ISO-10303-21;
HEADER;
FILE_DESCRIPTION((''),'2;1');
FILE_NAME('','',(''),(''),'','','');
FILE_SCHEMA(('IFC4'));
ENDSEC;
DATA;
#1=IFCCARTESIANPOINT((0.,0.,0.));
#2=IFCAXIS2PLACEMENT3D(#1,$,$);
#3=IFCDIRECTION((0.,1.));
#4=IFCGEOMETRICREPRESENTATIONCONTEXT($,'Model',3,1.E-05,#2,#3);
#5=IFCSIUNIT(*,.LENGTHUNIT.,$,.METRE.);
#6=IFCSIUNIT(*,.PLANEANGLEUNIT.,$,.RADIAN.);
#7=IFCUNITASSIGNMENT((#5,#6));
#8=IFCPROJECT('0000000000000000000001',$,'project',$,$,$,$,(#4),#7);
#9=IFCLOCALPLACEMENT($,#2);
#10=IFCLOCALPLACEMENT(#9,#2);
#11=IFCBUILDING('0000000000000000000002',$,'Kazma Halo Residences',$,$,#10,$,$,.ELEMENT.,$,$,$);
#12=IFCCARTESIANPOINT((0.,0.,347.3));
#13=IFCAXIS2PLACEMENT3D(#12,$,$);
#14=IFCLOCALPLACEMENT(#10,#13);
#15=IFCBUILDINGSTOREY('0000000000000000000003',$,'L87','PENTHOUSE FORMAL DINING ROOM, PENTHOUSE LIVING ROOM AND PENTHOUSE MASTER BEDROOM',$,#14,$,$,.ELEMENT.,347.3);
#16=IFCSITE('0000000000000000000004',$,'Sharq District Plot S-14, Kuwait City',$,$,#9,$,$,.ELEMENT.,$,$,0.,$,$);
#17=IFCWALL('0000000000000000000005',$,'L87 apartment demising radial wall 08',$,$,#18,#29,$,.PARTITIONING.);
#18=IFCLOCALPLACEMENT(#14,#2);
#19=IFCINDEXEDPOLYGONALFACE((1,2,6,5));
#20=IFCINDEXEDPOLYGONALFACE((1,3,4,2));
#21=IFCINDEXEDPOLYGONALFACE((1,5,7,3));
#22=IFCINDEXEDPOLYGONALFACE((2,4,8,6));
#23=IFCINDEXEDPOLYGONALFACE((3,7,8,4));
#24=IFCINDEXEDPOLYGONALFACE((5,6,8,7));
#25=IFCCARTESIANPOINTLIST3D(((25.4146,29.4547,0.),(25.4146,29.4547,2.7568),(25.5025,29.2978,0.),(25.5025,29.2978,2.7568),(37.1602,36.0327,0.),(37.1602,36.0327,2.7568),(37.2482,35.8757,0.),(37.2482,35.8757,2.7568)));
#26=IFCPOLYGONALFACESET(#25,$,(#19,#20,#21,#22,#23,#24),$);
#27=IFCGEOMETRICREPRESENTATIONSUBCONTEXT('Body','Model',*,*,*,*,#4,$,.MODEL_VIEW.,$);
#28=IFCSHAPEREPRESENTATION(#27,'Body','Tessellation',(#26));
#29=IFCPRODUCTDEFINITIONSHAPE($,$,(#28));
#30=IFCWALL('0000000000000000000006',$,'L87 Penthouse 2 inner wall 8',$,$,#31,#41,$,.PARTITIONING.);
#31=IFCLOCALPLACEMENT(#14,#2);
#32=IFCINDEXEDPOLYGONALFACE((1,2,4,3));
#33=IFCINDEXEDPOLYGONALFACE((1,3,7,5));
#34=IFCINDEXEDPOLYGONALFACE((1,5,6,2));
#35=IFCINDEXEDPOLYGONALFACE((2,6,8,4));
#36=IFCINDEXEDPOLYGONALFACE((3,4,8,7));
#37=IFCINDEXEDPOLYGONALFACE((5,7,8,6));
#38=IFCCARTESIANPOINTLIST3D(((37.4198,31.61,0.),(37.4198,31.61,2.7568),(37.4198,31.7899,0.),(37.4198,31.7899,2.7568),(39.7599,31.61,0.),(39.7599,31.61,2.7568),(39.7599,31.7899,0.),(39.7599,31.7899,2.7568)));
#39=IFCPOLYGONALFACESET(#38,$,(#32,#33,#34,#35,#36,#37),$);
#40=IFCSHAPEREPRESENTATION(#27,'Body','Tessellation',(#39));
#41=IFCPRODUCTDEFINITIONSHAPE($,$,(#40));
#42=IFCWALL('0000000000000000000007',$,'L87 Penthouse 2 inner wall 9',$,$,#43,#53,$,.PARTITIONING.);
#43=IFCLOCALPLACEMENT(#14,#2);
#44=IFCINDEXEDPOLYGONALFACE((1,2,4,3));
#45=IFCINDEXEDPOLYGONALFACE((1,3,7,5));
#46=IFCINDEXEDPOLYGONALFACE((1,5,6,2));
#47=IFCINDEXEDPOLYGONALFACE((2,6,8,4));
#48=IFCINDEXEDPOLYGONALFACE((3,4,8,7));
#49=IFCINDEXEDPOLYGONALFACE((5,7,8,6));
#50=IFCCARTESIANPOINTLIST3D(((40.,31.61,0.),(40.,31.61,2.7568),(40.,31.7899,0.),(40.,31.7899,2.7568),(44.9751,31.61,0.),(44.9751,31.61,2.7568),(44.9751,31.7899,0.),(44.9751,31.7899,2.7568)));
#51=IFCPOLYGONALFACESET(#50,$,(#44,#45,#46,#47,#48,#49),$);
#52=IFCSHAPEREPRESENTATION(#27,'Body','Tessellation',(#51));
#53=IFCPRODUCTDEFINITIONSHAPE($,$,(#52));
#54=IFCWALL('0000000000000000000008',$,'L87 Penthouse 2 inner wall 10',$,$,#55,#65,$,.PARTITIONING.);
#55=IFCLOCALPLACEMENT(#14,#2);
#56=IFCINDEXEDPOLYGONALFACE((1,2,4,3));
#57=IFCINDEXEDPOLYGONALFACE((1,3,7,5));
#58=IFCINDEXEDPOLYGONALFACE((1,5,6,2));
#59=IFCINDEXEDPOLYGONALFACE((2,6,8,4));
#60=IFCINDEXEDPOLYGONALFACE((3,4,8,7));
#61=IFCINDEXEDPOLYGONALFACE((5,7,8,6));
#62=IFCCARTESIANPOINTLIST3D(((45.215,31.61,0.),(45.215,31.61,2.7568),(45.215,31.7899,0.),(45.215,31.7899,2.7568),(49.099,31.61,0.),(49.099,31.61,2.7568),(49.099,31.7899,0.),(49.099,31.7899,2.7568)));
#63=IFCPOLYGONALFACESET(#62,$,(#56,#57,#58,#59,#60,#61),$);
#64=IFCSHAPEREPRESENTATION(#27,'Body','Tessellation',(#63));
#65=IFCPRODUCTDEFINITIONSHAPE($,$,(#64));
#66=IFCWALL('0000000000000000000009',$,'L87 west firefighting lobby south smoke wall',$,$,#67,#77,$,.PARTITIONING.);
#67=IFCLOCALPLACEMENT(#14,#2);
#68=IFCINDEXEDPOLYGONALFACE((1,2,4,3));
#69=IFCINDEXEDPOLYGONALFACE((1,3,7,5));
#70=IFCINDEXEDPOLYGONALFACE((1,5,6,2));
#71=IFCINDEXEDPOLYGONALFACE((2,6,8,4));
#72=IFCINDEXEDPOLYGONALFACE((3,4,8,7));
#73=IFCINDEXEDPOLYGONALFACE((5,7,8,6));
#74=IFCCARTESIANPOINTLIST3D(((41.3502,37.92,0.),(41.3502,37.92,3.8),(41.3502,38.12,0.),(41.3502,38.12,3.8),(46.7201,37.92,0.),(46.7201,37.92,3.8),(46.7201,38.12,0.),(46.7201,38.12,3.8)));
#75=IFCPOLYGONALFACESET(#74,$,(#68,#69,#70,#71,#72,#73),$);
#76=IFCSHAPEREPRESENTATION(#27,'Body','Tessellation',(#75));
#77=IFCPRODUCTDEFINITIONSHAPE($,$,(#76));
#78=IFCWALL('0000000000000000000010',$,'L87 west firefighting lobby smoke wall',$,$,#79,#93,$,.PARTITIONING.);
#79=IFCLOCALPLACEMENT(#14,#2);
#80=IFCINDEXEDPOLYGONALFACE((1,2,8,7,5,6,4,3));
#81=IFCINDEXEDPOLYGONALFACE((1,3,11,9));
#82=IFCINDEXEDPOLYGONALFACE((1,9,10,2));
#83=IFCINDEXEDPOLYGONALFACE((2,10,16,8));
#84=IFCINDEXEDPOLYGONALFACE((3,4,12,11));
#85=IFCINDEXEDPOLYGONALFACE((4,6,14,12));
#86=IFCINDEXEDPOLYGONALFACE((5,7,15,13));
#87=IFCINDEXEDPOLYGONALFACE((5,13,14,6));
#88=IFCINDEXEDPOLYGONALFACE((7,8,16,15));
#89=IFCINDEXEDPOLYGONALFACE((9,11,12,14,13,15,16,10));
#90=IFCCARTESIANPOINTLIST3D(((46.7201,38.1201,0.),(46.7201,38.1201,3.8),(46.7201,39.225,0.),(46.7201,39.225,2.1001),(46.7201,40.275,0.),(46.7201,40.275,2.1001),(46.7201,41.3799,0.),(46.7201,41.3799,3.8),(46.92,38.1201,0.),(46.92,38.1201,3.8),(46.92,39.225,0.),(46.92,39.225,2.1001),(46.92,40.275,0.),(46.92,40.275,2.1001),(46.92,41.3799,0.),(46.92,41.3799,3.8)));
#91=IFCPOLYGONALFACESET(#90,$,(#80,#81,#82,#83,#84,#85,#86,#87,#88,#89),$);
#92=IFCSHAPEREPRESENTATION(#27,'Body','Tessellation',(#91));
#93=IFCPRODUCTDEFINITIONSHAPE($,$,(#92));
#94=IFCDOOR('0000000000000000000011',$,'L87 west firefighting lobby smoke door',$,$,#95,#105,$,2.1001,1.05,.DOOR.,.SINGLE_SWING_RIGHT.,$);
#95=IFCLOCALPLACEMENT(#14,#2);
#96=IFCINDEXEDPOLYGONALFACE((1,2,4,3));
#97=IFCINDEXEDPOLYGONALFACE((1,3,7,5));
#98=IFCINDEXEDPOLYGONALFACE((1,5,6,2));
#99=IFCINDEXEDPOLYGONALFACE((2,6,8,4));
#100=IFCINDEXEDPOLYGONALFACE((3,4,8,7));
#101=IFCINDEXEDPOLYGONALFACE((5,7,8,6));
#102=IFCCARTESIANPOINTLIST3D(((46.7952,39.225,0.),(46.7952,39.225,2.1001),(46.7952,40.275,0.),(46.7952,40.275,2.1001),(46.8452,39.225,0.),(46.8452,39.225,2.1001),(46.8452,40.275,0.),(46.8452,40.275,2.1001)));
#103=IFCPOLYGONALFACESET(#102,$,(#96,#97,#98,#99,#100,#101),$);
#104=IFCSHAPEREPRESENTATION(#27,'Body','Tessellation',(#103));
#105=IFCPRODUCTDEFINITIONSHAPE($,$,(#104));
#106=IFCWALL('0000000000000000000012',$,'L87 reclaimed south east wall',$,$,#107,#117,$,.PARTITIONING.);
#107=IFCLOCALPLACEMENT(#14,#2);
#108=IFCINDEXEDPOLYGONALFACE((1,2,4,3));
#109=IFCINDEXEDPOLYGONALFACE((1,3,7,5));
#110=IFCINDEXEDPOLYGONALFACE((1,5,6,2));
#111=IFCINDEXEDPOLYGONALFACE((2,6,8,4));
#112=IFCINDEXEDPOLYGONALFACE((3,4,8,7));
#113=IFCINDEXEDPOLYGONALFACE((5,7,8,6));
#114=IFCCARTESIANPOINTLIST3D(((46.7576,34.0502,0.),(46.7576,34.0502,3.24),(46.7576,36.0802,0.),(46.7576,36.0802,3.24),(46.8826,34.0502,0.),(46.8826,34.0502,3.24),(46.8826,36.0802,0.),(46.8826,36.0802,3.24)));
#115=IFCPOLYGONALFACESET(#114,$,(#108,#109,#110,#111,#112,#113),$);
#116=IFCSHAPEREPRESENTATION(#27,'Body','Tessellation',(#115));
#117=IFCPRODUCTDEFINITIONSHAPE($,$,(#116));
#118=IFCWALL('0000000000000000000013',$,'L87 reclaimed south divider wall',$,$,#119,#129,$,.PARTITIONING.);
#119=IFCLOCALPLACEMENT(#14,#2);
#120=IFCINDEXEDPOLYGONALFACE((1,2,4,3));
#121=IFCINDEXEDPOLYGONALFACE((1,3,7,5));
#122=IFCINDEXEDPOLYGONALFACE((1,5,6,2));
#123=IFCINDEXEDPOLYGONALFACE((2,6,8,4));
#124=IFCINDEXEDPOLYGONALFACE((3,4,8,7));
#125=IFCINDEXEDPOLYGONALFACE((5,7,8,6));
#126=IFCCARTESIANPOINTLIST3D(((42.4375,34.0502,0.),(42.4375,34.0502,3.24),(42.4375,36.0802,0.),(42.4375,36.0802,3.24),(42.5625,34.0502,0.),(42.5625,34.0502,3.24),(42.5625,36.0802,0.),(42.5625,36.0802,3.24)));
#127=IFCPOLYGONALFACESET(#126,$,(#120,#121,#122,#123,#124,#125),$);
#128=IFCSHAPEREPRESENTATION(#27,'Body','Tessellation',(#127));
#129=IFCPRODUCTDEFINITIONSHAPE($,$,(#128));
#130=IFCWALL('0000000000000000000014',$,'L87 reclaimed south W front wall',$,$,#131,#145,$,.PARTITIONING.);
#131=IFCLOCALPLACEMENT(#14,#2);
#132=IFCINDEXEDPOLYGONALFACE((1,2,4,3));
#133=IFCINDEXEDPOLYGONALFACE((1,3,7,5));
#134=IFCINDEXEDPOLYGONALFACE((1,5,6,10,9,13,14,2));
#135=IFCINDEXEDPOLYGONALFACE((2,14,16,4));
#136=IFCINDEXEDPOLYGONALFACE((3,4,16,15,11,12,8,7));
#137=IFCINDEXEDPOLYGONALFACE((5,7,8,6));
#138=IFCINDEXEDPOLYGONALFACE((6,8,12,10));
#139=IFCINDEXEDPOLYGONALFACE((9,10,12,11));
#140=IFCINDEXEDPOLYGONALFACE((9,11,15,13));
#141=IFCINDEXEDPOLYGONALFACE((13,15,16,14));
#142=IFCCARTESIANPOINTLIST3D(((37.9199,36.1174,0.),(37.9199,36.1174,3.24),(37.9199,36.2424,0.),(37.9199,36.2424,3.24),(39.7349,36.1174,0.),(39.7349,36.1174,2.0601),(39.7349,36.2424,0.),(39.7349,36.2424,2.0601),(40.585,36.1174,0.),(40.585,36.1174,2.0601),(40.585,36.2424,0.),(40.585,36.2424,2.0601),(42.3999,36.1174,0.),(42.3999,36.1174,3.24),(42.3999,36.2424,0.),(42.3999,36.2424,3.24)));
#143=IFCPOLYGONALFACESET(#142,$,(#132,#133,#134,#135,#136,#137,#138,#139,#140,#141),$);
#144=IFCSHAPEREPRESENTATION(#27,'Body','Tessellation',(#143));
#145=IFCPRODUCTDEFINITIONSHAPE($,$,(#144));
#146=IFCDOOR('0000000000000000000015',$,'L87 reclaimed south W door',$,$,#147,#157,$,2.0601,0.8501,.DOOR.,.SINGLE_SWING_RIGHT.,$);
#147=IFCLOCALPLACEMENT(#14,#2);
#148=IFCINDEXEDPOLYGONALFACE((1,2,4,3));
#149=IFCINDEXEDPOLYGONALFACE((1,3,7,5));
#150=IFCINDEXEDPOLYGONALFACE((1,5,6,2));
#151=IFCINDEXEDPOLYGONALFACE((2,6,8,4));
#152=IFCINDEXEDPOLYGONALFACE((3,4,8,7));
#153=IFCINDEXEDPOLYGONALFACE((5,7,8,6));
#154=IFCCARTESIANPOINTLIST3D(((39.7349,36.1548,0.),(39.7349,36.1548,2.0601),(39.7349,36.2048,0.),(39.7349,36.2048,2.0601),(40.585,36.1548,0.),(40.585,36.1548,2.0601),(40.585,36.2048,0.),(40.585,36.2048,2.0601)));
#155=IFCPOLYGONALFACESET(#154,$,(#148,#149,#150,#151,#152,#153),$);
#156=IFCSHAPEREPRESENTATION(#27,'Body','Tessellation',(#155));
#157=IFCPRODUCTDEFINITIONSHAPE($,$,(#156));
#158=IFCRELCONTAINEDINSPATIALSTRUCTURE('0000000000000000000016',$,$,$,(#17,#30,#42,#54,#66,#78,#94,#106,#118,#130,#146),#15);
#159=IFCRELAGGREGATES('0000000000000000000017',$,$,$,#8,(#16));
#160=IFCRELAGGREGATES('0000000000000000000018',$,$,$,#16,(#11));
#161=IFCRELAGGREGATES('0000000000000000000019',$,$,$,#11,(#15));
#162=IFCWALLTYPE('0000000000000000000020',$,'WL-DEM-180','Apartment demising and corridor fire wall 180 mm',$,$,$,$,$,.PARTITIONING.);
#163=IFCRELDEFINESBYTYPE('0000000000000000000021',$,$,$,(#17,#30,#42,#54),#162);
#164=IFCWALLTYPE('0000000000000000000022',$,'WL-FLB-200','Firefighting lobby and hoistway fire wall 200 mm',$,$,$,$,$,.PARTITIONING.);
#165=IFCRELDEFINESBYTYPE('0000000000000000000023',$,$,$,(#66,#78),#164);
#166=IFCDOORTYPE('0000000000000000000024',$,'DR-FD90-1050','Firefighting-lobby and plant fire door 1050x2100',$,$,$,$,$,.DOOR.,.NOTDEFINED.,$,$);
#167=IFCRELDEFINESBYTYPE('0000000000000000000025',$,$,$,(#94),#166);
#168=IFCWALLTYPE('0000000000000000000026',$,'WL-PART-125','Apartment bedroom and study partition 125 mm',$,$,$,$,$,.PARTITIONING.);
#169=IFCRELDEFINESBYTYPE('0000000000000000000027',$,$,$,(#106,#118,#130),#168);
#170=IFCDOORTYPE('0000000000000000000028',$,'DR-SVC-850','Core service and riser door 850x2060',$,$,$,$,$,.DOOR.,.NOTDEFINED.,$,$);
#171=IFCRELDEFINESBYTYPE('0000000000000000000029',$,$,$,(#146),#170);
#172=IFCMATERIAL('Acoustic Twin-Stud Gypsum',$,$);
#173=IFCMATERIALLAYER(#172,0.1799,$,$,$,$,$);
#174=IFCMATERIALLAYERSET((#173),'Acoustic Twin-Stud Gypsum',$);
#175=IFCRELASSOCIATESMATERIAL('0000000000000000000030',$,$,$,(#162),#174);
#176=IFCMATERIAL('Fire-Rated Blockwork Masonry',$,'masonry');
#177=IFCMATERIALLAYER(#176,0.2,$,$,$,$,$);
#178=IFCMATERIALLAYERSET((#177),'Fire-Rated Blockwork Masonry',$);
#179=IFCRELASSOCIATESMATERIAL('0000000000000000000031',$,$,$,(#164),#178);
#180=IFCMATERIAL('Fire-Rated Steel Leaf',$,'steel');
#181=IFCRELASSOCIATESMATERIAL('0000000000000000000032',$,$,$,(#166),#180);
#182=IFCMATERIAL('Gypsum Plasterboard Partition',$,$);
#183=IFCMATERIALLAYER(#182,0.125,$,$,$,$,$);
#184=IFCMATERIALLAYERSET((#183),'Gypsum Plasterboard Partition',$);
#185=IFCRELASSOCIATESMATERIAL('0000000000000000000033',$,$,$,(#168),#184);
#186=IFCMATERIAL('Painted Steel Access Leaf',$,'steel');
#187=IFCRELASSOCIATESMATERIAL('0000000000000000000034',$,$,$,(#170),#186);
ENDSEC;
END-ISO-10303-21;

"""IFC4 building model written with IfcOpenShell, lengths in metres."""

from ifc_helpers import new_model, si_unit, direction, frame, frame_2d, origin, place, context, subcontext, project, spatial, rectangle, extrude, material, layer, layer_set, type_object, element, fill, save


model = new_model("IFC4")

# Units and contexts
model_context = context("Model", 3, precision=1e-05, world=origin(), true_north=direction((0.0, 1.0)))
body_context = subcontext(model_context, "Body", "Model", "MODEL_VIEW")
ifc_project = project(units=[si_unit("LENGTHUNIT", "METRE"), si_unit("PLANEANGLEUNIT", "RADIAN")], contexts=[model_context])

# Site, building, storey
site_placement = place(None, origin())
site = spatial("IfcSite", under=ifc_project, at=site_placement, Name="Sharq District Plot S-14, Kuwait City", CompositionType="ELEMENT", RefElevation=0.0)
building_placement = place(site_placement, origin())
building = spatial("IfcBuilding", under=site, at=building_placement, Name="Kazma Halo Residences", CompositionType="ELEMENT")
storey_placement = place(building_placement, frame((0.0, 0.0, 347.3)))
storey = spatial("IfcBuildingStorey", under=building, at=storey_placement, Name="L87", Description="PENTHOUSE FORMAL DINING ROOM, PENTHOUSE LIVING ROOM AND PENTHOUSE MASTER BEDROOM", CompositionType="ELEMENT", Elevation=347.3)

# Walls
ifc_material_1 = material(Name="Acoustic Twin-Stud Gypsum")
ifc_layer_1 = layer(ifc_material_1, 0.1799)
ifc_layer_set_1 = layer_set([ifc_layer_1], Name="Acoustic Twin-Stud Gypsum")
wall_type_1 = type_object("IfcWallType", Name="WL-DEM-180", Description="Apartment demising and corridor fire wall 180 mm", PredefinedType="PARTITIONING", material=ifc_layer_set_1)
wall_1_placement = place(storey_placement, frame((37.2041, 35.9541, 0.0), z_axis=(0.0, 0.0, 1.0), x_axis=(-0.872495, -0.488623, 0.0)))
element("IfcWall", 1, at=wall_1_placement, inside=storey, type_object=wall_type_1, Name="L87 apartment demising radial wall 08", PredefinedType="PARTITIONING", context=body_context, shape_type="SweptSolid", body=[
    extrude(rectangle(XDim=13.4622, YDim=0.1799, at=frame_2d((6.731, 0.0))), origin(), (0.0, 0.0, 1.0), 2.7568),
])
wall_2_placement = place(storey_placement, frame((37.4199, 31.7, 0.0), z_axis=(0.0, 0.0, 1.0), x_axis=(1.0, 0.0, 0.0)))
element("IfcWall", 2, at=wall_2_placement, inside=storey, type_object=wall_type_1, Name="L87 Penthouse 2 inner wall 8", PredefinedType="PARTITIONING", context=body_context, shape_type="SweptSolid", body=[
    extrude(rectangle(XDim=2.3401, YDim=0.1799, at=frame_2d((1.1699, 0.0))), origin(), (0.0, 0.0, 1.0), 2.7568),
])
wall_3_placement = place(storey_placement, frame((40.0, 31.7, 0.0), z_axis=(0.0, 0.0, 1.0), x_axis=(1.0, 0.0, 0.0)))
element("IfcWall", 3, at=wall_3_placement, inside=storey, type_object=wall_type_1, Name="L87 Penthouse 2 inner wall 9", PredefinedType="PARTITIONING", context=body_context, shape_type="SweptSolid", body=[
    extrude(rectangle(XDim=4.9751, YDim=0.1799, at=frame_2d((2.4875, 0.0))), origin(), (0.0, 0.0, 1.0), 2.7568),
])
wall_4_placement = place(storey_placement, frame((45.2151, 31.7, 0.0), z_axis=(0.0, 0.0, 1.0), x_axis=(1.0, 0.0, 0.0)))
element("IfcWall", 4, at=wall_4_placement, inside=storey, type_object=wall_type_1, Name="L87 Penthouse 2 inner wall 10", PredefinedType="PARTITIONING", context=body_context, shape_type="SweptSolid", body=[
    extrude(rectangle(XDim=3.884, YDim=0.1799, at=frame_2d((1.9419, 0.0))), origin(), (0.0, 0.0, 1.0), 2.7568),
])
ifc_material_2 = material(Name="Fire-Rated Blockwork Masonry", Category="masonry")
ifc_layer_2 = layer(ifc_material_2, 0.2)
ifc_layer_set_2 = layer_set([ifc_layer_2], Name="Fire-Rated Blockwork Masonry")
wall_type_2 = type_object("IfcWallType", Name="WL-FLB-200", Description="Firefighting lobby and hoistway fire wall 200 mm", PredefinedType="PARTITIONING", material=ifc_layer_set_2)
wall_5_placement = place(storey_placement, frame((41.3501, 38.02, 0.0), z_axis=(0.0, 0.0, 1.0), x_axis=(1.0, 0.0, 0.0)))
element("IfcWall", 5, at=wall_5_placement, inside=storey, type_object=wall_type_2, Name="L87 west firefighting lobby south smoke wall", PredefinedType="PARTITIONING", context=body_context, shape_type="SweptSolid", body=[
    extrude(rectangle(XDim=5.3699, YDim=0.2, at=frame_2d((2.6851, 0.0))), origin(), (0.0, 0.0, 1.0), 3.8),
])

# Wall, opening, door
wall_6_placement = place(storey_placement, frame((46.8201, 38.1201, 0.0), z_axis=(0.0, 0.0, 1.0), x_axis=(0.0, 1.0, 0.0)))
wall_6 = element("IfcWall", 6, at=wall_6_placement, inside=storey, type_object=wall_type_2, Name="L87 west firefighting lobby smoke wall", PredefinedType="PARTITIONING", context=body_context, shape_type="SweptSolid", body=[
    extrude(rectangle(XDim=3.2598, YDim=0.2, at=frame_2d((1.6299, 0.0))), origin(), (0.0, 0.0, 1.0), 3.8),
])
opening_1_placement = place(wall_6_placement, frame((1.105, 0.0, 0.0)))
opening_1 = element("IfcOpeningElement", 7, at=opening_1_placement, cuts=wall_6, PredefinedType="OPENING", context=body_context, shape_type="SweptSolid", body=[
    extrude(rectangle(XDim=1.05, YDim=2.1001, at=frame_2d((0.5249, 1.05))), frame((0.0, 0.1099, 0.0), z_axis=(0.0, -1.0, 0.0), x_axis=(1.0, 0.0, 0.0)), (0.0, 0.0, 1.0), 0.22),
])
ifc_material_3 = material(Name="Fire-Rated Steel Leaf", Category="steel")
door_type_1 = type_object("IfcDoorType", Name="DR-FD90-1050", Description="Firefighting-lobby and plant fire door 1050x2100", OperationType="NOTDEFINED", PredefinedType="DOOR", material=ifc_material_3)
door_1_placement = place(opening_1_placement, origin())
door_1 = element("IfcDoor", 8, at=door_1_placement, inside=storey, type_object=door_type_1, Name="L87 west firefighting lobby smoke door", OperationType="SINGLE_SWING_RIGHT", OverallHeight=2.1001, OverallWidth=1.05, PredefinedType="DOOR", context=body_context, shape_type="SweptSolid", body=[
    extrude(rectangle(XDim=1.05, YDim=2.1001, at=frame_2d((0.5249, 1.05))), frame((0.0, 0.0249, 0.0), z_axis=(0.0, -1.0, 0.0), x_axis=(1.0, 0.0, 0.0)), (0.0, 0.0, 1.0), 0.05),
])
fill(opening_1, door_1)

# Walls
ifc_material_4 = material(Name="Gypsum Plasterboard Partition")
ifc_layer_3 = layer(ifc_material_4, 0.125)
ifc_layer_set_3 = layer_set([ifc_layer_3], Name="Gypsum Plasterboard Partition")
wall_type_3 = type_object("IfcWallType", Name="WL-PART-125", Description="Apartment bedroom and study partition 125 mm", PredefinedType="PARTITIONING", material=ifc_layer_set_3)
for number, where, z_axis, x_axis, name in (
    (9, (46.8201, 34.05, 0.0), (0.0, 0.0, 1.0), (0.0, 1.0, 0.0), "L87 reclaimed south east wall"),
    (10, (42.5, 34.05, 0.0), (0.0, 0.0, 1.0), (0.0, 1.0, 0.0), "L87 reclaimed south divider wall"),
):
    element("IfcWall", number, at=place(storey_placement, frame(where, z_axis=z_axis, x_axis=x_axis)), inside=storey, type_object=wall_type_3, Name=name, PredefinedType="PARTITIONING", context=body_context, shape_type="SweptSolid", body=[
        extrude(rectangle(XDim=2.03, YDim=0.125, at=frame_2d((1.0151, 0.0))), origin(), (0.0, 0.0, 1.0), 3.24),
    ])

# Wall, opening, door
wall_7_placement = place(storey_placement, frame((37.9199, 36.1799, 0.0), z_axis=(0.0, 0.0, 1.0), x_axis=(1.0, 0.0, 0.0)))
wall_7 = element("IfcWall", 11, at=wall_7_placement, inside=storey, type_object=wall_type_3, Name="L87 reclaimed south W front wall", PredefinedType="PARTITIONING", context=body_context, shape_type="SweptSolid", body=[
    extrude(rectangle(XDim=4.48, YDim=0.125, at=frame_2d((2.24, 0.0))), origin(), (0.0, 0.0, 1.0), 3.24),
])
opening_2_placement = place(wall_7_placement, frame((1.8149, 0.0, 0.0)))
opening_2 = element("IfcOpeningElement", 12, at=opening_2_placement, cuts=wall_7, PredefinedType="OPENING", context=body_context, shape_type="SweptSolid", body=[
    extrude(rectangle(XDim=0.8501, YDim=2.0601, at=frame_2d((0.425, 1.03))), frame((0.0, 0.0725, 0.0), z_axis=(0.0, -1.0, 0.0), x_axis=(1.0, 0.0, 0.0)), (0.0, 0.0, 1.0), 0.145),
])
ifc_material_5 = material(Name="Painted Steel Access Leaf", Category="steel")
door_type_2 = type_object("IfcDoorType", Name="DR-SVC-850", Description="Core service and riser door 850x2060", OperationType="NOTDEFINED", PredefinedType="DOOR", material=ifc_material_5)
door_2_placement = place(opening_2_placement, origin())
door_2 = element("IfcDoor", 13, at=door_2_placement, inside=storey, type_object=door_type_2, Name="L87 reclaimed south W door", OperationType="SINGLE_SWING_RIGHT", OverallHeight=2.0601, OverallWidth=0.8501, PredefinedType="DOOR", context=body_context, shape_type="SweptSolid", body=[
    extrude(rectangle(XDim=0.8501, YDim=2.0601, at=frame_2d((0.425, 1.03))), frame((0.0, 0.0249, 0.0), z_axis=(0.0, -1.0, 0.0), x_axis=(1.0, 0.0, 0.0)), (0.0, 0.0, 1.0), 0.05),
])
fill(opening_2, door_2)

save(model, "model.ifc")
